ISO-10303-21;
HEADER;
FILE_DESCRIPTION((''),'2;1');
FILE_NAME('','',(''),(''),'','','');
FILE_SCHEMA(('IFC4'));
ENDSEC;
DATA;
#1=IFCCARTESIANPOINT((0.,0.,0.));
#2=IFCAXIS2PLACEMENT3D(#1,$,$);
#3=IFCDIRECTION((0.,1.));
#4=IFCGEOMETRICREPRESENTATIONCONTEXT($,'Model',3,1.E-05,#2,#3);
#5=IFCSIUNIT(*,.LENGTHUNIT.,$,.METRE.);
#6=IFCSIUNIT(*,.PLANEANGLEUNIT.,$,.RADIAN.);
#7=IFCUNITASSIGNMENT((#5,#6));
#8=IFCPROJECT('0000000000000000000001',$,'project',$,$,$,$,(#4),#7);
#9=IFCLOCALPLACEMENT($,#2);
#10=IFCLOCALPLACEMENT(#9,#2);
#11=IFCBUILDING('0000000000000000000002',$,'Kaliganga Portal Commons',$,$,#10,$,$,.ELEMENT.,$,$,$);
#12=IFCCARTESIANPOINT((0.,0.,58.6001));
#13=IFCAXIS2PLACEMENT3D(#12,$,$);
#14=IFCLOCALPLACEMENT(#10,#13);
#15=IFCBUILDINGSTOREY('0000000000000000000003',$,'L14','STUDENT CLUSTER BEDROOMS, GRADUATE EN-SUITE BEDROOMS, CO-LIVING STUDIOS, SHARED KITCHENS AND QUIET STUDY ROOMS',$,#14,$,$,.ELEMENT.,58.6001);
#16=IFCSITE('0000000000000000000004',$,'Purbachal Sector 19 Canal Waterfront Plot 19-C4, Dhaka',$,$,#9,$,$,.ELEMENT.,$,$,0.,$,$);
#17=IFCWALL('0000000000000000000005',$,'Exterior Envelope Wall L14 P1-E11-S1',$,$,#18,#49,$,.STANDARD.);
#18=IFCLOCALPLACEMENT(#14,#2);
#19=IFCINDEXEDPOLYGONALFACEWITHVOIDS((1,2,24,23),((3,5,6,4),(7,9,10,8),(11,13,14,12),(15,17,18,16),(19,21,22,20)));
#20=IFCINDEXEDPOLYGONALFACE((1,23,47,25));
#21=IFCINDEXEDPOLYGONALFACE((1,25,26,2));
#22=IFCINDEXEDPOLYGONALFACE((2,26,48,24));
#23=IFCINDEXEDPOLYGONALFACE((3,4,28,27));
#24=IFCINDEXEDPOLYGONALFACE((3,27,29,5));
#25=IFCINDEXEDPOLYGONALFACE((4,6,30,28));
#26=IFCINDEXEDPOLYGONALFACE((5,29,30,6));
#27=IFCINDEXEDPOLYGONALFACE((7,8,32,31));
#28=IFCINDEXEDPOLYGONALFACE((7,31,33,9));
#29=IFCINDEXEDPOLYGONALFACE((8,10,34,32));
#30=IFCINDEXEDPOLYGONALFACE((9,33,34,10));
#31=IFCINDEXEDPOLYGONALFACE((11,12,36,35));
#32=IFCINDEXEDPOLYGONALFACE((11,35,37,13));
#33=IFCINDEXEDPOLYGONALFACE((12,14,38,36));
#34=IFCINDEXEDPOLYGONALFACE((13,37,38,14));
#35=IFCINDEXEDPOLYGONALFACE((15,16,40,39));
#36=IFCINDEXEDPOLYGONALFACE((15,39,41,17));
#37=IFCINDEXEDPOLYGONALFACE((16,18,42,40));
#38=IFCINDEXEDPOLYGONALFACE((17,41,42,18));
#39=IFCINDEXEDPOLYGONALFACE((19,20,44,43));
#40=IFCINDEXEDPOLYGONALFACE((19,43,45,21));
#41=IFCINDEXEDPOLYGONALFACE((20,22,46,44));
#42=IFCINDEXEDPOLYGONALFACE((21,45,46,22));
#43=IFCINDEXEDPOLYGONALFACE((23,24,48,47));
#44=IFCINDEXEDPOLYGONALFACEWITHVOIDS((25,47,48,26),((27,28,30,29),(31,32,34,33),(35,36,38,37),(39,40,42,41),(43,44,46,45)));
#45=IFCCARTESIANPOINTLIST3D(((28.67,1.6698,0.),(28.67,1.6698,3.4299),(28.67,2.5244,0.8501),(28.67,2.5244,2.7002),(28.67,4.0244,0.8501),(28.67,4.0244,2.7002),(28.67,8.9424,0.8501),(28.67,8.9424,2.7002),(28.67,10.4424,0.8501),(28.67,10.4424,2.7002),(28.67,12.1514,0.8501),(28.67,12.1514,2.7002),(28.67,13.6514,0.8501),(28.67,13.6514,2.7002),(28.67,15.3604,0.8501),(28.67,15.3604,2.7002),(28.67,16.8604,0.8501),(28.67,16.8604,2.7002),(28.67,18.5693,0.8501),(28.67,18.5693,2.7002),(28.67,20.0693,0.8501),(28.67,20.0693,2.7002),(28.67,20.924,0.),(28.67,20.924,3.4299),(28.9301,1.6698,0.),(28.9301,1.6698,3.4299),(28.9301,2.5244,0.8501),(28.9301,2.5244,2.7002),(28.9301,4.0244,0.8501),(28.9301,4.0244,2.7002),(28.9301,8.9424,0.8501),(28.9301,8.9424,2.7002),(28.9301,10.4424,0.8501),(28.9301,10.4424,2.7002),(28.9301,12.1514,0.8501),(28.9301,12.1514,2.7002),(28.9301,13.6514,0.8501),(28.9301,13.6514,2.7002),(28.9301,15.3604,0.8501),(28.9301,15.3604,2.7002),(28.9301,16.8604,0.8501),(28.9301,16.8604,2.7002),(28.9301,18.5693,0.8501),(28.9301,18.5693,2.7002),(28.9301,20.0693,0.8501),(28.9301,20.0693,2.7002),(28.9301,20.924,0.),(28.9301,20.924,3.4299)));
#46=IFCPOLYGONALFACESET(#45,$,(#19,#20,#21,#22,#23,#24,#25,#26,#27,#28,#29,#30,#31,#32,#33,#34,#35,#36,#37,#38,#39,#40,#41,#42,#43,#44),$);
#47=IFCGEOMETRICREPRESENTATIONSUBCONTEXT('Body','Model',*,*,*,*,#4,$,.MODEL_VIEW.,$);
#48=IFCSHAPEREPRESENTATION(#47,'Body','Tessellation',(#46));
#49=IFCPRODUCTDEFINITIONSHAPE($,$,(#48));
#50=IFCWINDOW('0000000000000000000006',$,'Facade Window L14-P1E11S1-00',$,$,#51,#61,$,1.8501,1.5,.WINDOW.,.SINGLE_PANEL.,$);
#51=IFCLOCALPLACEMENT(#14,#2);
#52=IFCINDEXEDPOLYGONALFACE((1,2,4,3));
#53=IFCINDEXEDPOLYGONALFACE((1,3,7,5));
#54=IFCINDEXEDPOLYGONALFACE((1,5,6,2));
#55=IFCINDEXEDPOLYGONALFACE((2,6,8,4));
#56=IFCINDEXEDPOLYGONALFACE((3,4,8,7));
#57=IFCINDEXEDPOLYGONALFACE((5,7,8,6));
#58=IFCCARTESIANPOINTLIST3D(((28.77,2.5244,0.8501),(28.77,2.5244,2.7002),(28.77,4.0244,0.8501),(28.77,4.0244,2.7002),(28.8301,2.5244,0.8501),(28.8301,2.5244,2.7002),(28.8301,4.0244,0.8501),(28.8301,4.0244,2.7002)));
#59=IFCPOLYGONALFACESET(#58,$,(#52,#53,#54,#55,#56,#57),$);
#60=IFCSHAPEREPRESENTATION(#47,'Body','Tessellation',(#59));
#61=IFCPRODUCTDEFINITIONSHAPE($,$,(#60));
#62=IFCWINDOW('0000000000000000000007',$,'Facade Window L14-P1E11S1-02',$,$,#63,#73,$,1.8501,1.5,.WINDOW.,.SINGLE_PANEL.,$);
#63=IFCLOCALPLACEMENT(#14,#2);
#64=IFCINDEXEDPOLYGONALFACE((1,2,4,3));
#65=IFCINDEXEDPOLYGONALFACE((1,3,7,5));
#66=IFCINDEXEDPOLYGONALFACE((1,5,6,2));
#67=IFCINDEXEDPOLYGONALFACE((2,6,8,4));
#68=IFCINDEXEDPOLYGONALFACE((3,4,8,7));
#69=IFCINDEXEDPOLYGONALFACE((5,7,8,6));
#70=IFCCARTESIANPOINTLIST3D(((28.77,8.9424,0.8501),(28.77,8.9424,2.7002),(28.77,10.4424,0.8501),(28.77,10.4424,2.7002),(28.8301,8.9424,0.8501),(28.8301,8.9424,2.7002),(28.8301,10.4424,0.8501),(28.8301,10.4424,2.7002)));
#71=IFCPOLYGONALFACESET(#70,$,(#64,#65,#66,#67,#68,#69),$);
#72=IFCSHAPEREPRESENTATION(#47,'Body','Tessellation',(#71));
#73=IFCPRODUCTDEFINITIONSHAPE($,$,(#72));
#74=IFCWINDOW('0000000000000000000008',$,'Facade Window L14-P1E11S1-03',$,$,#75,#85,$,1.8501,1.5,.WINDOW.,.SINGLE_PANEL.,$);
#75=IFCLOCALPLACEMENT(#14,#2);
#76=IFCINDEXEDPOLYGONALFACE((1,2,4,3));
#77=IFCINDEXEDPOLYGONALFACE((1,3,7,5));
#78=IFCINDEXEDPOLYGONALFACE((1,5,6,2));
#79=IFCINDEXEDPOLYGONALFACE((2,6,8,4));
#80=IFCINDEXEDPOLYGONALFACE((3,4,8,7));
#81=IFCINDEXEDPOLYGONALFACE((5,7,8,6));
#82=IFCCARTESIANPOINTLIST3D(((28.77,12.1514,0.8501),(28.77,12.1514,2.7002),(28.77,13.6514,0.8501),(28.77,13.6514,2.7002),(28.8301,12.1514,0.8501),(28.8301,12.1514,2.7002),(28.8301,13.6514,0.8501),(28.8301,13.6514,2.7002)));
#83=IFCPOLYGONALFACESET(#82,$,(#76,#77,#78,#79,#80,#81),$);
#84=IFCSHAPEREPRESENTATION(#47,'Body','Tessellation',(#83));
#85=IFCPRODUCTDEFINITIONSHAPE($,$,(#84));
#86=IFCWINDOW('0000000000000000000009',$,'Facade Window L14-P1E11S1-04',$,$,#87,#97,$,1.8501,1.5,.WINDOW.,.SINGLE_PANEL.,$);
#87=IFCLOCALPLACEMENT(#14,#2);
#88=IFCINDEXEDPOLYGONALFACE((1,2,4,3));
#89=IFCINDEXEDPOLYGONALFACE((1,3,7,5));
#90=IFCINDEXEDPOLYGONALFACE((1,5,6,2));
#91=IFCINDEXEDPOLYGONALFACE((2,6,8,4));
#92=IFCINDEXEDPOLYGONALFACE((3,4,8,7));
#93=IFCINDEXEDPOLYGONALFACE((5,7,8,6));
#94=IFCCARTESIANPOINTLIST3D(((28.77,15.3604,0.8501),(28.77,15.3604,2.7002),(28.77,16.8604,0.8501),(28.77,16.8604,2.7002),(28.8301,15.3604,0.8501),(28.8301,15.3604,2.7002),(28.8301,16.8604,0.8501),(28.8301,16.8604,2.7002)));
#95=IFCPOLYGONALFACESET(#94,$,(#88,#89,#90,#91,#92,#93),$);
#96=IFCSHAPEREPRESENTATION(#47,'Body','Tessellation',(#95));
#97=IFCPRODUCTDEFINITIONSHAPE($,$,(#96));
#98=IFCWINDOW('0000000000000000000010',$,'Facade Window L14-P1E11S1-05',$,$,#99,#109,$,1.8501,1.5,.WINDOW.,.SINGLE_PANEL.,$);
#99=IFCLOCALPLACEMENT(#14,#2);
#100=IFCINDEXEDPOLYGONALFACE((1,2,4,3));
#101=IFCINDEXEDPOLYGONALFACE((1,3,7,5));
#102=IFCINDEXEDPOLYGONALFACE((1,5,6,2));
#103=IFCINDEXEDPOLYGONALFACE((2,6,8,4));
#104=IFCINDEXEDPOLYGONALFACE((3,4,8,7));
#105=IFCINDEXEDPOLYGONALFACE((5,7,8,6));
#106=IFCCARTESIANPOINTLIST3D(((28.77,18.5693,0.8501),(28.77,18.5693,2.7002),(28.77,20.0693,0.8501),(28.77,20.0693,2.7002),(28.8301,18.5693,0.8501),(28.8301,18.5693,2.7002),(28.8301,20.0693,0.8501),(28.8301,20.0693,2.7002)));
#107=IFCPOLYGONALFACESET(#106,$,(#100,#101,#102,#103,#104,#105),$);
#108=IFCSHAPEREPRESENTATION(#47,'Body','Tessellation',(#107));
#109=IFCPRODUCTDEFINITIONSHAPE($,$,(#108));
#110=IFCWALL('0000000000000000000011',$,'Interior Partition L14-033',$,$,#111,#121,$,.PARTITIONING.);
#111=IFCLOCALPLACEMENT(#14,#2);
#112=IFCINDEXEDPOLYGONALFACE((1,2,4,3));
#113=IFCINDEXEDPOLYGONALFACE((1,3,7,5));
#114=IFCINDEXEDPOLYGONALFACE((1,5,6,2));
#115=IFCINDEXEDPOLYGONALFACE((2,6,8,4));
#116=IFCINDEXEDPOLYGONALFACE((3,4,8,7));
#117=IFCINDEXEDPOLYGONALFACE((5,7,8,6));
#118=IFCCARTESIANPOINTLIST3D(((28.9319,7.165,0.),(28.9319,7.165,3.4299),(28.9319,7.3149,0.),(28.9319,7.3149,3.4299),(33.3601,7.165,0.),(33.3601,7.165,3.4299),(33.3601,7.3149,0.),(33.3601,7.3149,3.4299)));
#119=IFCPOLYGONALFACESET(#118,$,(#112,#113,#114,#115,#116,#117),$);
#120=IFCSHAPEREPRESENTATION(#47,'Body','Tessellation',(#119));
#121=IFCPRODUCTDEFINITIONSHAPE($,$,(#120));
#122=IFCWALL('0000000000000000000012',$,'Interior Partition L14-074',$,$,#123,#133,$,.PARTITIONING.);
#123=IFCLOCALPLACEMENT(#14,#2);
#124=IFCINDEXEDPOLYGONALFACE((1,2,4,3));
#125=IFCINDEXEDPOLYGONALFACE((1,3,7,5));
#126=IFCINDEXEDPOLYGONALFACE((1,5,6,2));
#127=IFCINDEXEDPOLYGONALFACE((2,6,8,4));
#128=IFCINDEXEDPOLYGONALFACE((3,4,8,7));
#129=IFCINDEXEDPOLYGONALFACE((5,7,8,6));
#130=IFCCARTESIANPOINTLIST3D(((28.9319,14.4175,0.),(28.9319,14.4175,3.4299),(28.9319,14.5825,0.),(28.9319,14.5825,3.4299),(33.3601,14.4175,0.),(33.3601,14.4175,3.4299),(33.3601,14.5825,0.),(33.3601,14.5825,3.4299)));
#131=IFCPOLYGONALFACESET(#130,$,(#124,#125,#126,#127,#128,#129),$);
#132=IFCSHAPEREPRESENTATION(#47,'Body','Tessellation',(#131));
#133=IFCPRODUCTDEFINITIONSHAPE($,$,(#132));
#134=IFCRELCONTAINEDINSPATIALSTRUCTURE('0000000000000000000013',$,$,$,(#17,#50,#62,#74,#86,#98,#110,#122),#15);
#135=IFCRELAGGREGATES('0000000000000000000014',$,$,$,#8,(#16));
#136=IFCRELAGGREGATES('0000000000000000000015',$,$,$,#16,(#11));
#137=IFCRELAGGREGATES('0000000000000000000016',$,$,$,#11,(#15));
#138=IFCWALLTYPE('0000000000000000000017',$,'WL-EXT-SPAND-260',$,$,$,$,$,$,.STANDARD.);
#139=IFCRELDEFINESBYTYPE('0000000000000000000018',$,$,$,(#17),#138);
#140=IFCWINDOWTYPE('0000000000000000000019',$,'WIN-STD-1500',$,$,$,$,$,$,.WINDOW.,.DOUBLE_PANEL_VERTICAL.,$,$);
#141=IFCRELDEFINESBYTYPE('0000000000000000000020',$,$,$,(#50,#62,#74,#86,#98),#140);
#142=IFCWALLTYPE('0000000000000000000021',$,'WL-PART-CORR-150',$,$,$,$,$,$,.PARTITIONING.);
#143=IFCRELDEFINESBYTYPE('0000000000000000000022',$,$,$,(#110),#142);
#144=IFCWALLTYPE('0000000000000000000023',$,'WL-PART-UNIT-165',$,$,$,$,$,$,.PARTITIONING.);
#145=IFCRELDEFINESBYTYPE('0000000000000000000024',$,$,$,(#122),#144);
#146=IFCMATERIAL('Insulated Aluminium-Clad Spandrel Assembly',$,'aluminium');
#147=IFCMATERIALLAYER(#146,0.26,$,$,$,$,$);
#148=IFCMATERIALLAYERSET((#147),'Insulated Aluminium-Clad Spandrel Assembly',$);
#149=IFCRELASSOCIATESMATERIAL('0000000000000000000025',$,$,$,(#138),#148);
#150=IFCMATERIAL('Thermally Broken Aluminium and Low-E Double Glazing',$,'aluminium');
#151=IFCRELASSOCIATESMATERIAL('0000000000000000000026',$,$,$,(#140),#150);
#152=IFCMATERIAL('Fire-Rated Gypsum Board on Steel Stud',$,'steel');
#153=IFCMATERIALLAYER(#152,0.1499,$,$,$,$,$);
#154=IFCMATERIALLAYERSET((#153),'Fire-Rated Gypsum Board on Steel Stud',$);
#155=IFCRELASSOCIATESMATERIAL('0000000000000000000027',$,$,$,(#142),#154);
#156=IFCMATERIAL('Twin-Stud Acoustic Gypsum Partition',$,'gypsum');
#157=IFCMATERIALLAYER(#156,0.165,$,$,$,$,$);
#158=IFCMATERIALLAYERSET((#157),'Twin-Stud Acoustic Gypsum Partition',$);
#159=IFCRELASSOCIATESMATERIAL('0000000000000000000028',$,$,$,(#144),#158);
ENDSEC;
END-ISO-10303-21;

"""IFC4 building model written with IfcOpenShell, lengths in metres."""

from ifc_helpers import new_model, si_unit, direction, frame, frame_2d, origin, place, context, subcontext, project, spatial, rectangle, extrude, material, layer, layer_set, type_object, element, fill, save


model = new_model("IFC4")

# Units and contexts
model_context = context("Model", 3, precision=1e-05, world=origin(), true_north=direction((0.0, 1.0)))
body_context = subcontext(model_context, "Body", "Model", "MODEL_VIEW")
ifc_project = project(units=[si_unit("LENGTHUNIT", "METRE"), si_unit("PLANEANGLEUNIT", "RADIAN")], contexts=[model_context])

# Site, building, storey
site_placement = place(None, origin())
site = spatial("IfcSite", under=ifc_project, at=site_placement, Name="Purbachal Sector 19 Canal Waterfront Plot 19-C4, Dhaka", CompositionType="ELEMENT", RefElevation=0.0)
building_placement = place(site_placement, origin())
building = spatial("IfcBuilding", under=site, at=building_placement, Name="Kaliganga Portal Commons", CompositionType="ELEMENT")
storey_placement = place(building_placement, frame((0.0, 0.0, 58.6001)))
storey = spatial("IfcBuildingStorey", under=building, at=storey_placement, Name="L14", Description="STUDENT CLUSTER BEDROOMS, GRADUATE EN-SUITE BEDROOMS, CO-LIVING STUDIOS, SHARED KITCHENS AND QUIET STUDY ROOMS", CompositionType="ELEMENT", Elevation=58.6001)

# Shared definitions
ifc_material_1 = material(Name="Insulated Aluminium-Clad Spandrel Assembly", Category="aluminium")
ifc_layer_1 = layer(ifc_material_1, 0.26)
ifc_layer_set_1 = layer_set([ifc_layer_1], Name="Insulated Aluminium-Clad Spandrel Assembly")
wall_type_1 = type_object("IfcWallType", Name="WL-EXT-SPAND-260", PredefinedType="STANDARD", material=ifc_layer_set_1)
ifc_material_2 = material(Name="Thermally Broken Aluminium and Low-E Double Glazing", Category="aluminium")

# Wall, openings, windows
wall_1_placement = place(storey_placement, frame((28.8, 1.6699, 0.0), z_axis=(0.0, 0.0, 1.0), x_axis=(0.0, 1.0, 0.0)))
wall_1 = element("IfcWall", 1, at=wall_1_placement, inside=storey, type_object=wall_type_1, Name="Exterior Envelope Wall L14 P1-E11-S1", PredefinedType="STANDARD", context=body_context, shape_type="SweptSolid", body=[
    extrude(rectangle(XDim=19.2542, YDim=0.26, at=frame_2d((9.627, 0.0))), origin(), (0.0, 0.0, 1.0), 3.4299),
])
opening_1_placement = place(wall_1_placement, frame((0.8545, 0.0, 0.8501)))
opening_1 = element("IfcOpeningElement", 2, at=opening_1_placement, cuts=wall_1, PredefinedType="OPENING", context=body_context, shape_type="SweptSolid", body=[
    extrude(rectangle(XDim=1.5, YDim=1.8501, at=frame_2d((0.75, 0.925))), frame((0.0, 0.1401, 0.0), z_axis=(0.0, -1.0, 0.0), x_axis=(1.0, 0.0, 0.0)), (0.0, 0.0, 1.0), 0.28),
])
opening_2_placement = place(wall_1_placement, frame((7.2725, 0.0, 0.8501)))
opening_2 = element("IfcOpeningElement", 3, at=opening_2_placement, cuts=wall_1, PredefinedType="OPENING", context=body_context, shape_type="SweptSolid", body=[
    extrude(rectangle(XDim=1.5, YDim=1.8501, at=frame_2d((0.75, 0.925))), frame((0.0, 0.1401, 0.0), z_axis=(0.0, -1.0, 0.0), x_axis=(1.0, 0.0, 0.0)), (0.0, 0.0, 1.0), 0.28),
])
opening_3_placement = place(wall_1_placement, frame((10.4814, 0.0, 0.8501)))
opening_3 = element("IfcOpeningElement", 4, at=opening_3_placement, cuts=wall_1, PredefinedType="OPENING", context=body_context, shape_type="SweptSolid", body=[
    extrude(rectangle(XDim=1.5, YDim=1.8501, at=frame_2d((0.75, 0.925))), frame((0.0, 0.1401, 0.0), z_axis=(0.0, -1.0, 0.0), x_axis=(1.0, 0.0, 0.0)), (0.0, 0.0, 1.0), 0.28),
])
opening_4_placement = place(wall_1_placement, frame((13.6904, 0.0, 0.8501)))
opening_4 = element("IfcOpeningElement", 5, at=opening_4_placement, cuts=wall_1, PredefinedType="OPENING", context=body_context, shape_type="SweptSolid", body=[
    extrude(rectangle(XDim=1.5, YDim=1.8501, at=frame_2d((0.75, 0.925))), frame((0.0, 0.1401, 0.0), z_axis=(0.0, -1.0, 0.0), x_axis=(1.0, 0.0, 0.0)), (0.0, 0.0, 1.0), 0.28),
])
opening_5_placement = place(wall_1_placement, frame((16.8994, 0.0, 0.8501)))
opening_5 = element("IfcOpeningElement", 6, at=opening_5_placement, cuts=wall_1, PredefinedType="OPENING", context=body_context, shape_type="SweptSolid", body=[
    extrude(rectangle(XDim=1.5, YDim=1.8501, at=frame_2d((0.75, 0.925))), frame((0.0, 0.1401, 0.0), z_axis=(0.0, -1.0, 0.0), x_axis=(1.0, 0.0, 0.0)), (0.0, 0.0, 1.0), 0.28),
])
window_type_1 = type_object("IfcWindowType", Name="WIN-STD-1500", PartitioningType="DOUBLE_PANEL_VERTICAL", PredefinedType="WINDOW", material=ifc_material_2)
window_1_placement = place(opening_1_placement, origin())
window_1 = element("IfcWindow", 7, at=window_1_placement, inside=storey, type_object=window_type_1, Name="Facade Window L14-P1E11S1-00", OverallHeight=1.8501, OverallWidth=1.5, PartitioningType="SINGLE_PANEL", PredefinedType="WINDOW", context=body_context, shape_type="SweptSolid", body=[
    extrude(rectangle(XDim=1.5, YDim=1.8501, at=frame_2d((0.75, 0.925))), frame((0.0, 0.03, 0.0), z_axis=(0.0, -1.0, 0.0), x_axis=(1.0, 0.0, 0.0)), (0.0, 0.0, 1.0), 0.0601),
])
fill(opening_1, window_1)
window_2_placement = place(opening_2_placement, origin())
window_2 = element("IfcWindow", 8, at=window_2_placement, inside=storey, type_object=window_type_1, Name="Facade Window L14-P1E11S1-02", OverallHeight=1.8501, OverallWidth=1.5, PartitioningType="SINGLE_PANEL", PredefinedType="WINDOW", context=body_context, shape_type="SweptSolid", body=[
    extrude(rectangle(XDim=1.5, YDim=1.8501, at=frame_2d((0.75, 0.925))), frame((0.0, 0.03, 0.0), z_axis=(0.0, -1.0, 0.0), x_axis=(1.0, 0.0, 0.0)), (0.0, 0.0, 1.0), 0.0601),
])
fill(opening_2, window_2)
window_3_placement = place(opening_3_placement, origin())
window_3 = element("IfcWindow", 9, at=window_3_placement, inside=storey, type_object=window_type_1, Name="Facade Window L14-P1E11S1-03", OverallHeight=1.8501, OverallWidth=1.5, PartitioningType="SINGLE_PANEL", PredefinedType="WINDOW", context=body_context, shape_type="SweptSolid", body=[
    extrude(rectangle(XDim=1.5, YDim=1.8501, at=frame_2d((0.75, 0.925))), frame((0.0, 0.03, 0.0), z_axis=(0.0, -1.0, 0.0), x_axis=(1.0, 0.0, 0.0)), (0.0, 0.0, 1.0), 0.0601),
])
fill(opening_3, window_3)
window_4_placement = place(opening_4_placement, origin())
window_4 = element("IfcWindow", 10, at=window_4_placement, inside=storey, type_object=window_type_1, Name="Facade Window L14-P1E11S1-04", OverallHeight=1.8501, OverallWidth=1.5, PartitioningType="SINGLE_PANEL", PredefinedType="WINDOW", context=body_context, shape_type="SweptSolid", body=[
    extrude(rectangle(XDim=1.5, YDim=1.8501, at=frame_2d((0.75, 0.925))), frame((0.0, 0.03, 0.0), z_axis=(0.0, -1.0, 0.0), x_axis=(1.0, 0.0, 0.0)), (0.0, 0.0, 1.0), 0.0601),
])
fill(opening_4, window_4)
window_5_placement = place(opening_5_placement, origin())
window_5 = element("IfcWindow", 11, at=window_5_placement, inside=storey, type_object=window_type_1, Name="Facade Window L14-P1E11S1-05", OverallHeight=1.8501, OverallWidth=1.5, PartitioningType="SINGLE_PANEL", PredefinedType="WINDOW", context=body_context, shape_type="SweptSolid", body=[
    extrude(rectangle(XDim=1.5, YDim=1.8501, at=frame_2d((0.75, 0.925))), frame((0.0, 0.03, 0.0), z_axis=(0.0, -1.0, 0.0), x_axis=(1.0, 0.0, 0.0)), (0.0, 0.0, 1.0), 0.0601),
])
fill(opening_5, window_5)

# Walls
ifc_material_3 = material(Name="Fire-Rated Gypsum Board on Steel Stud", Category="steel")
ifc_layer_2 = layer(ifc_material_3, 0.1499)
ifc_layer_set_2 = layer_set([ifc_layer_2], Name="Fire-Rated Gypsum Board on Steel Stud")
wall_type_2 = type_object("IfcWallType", Name="WL-PART-CORR-150", PredefinedType="PARTITIONING", material=ifc_layer_set_2)
wall_2_placement = place(storey_placement, frame((28.9319, 7.24, 0.0), z_axis=(0.0, 0.0, 1.0), x_axis=(1.0, 0.0, 0.0)))
element("IfcWall", 12, at=wall_2_placement, inside=storey, type_object=wall_type_2, Name="Interior Partition L14-033", PredefinedType="PARTITIONING", context=body_context, shape_type="SweptSolid", body=[
    extrude(rectangle(XDim=4.4282, YDim=0.1499, at=frame_2d((2.2141, 0.0))), origin(), (0.0, 0.0, 1.0), 3.4299),
])
ifc_material_4 = material(Name="Twin-Stud Acoustic Gypsum Partition", Category="gypsum")
ifc_layer_3 = layer(ifc_material_4, 0.165)
ifc_layer_set_3 = layer_set([ifc_layer_3], Name="Twin-Stud Acoustic Gypsum Partition")
wall_type_3 = type_object("IfcWallType", Name="WL-PART-UNIT-165", PredefinedType="PARTITIONING", material=ifc_layer_set_3)
wall_3_placement = place(storey_placement, frame((28.9319, 14.5, 0.0), z_axis=(0.0, 0.0, 1.0), x_axis=(1.0, 0.0, 0.0)))
element("IfcWall", 13, at=wall_3_placement, inside=storey, type_object=wall_type_3, Name="Interior Partition L14-074", PredefinedType="PARTITIONING", context=body_context, shape_type="SweptSolid", body=[
    extrude(rectangle(XDim=4.4282, YDim=0.165, at=frame_2d((2.2141, 0.0))), origin(), (0.0, 0.0, 1.0), 3.4299),
])

save(model, "model.ifc")
